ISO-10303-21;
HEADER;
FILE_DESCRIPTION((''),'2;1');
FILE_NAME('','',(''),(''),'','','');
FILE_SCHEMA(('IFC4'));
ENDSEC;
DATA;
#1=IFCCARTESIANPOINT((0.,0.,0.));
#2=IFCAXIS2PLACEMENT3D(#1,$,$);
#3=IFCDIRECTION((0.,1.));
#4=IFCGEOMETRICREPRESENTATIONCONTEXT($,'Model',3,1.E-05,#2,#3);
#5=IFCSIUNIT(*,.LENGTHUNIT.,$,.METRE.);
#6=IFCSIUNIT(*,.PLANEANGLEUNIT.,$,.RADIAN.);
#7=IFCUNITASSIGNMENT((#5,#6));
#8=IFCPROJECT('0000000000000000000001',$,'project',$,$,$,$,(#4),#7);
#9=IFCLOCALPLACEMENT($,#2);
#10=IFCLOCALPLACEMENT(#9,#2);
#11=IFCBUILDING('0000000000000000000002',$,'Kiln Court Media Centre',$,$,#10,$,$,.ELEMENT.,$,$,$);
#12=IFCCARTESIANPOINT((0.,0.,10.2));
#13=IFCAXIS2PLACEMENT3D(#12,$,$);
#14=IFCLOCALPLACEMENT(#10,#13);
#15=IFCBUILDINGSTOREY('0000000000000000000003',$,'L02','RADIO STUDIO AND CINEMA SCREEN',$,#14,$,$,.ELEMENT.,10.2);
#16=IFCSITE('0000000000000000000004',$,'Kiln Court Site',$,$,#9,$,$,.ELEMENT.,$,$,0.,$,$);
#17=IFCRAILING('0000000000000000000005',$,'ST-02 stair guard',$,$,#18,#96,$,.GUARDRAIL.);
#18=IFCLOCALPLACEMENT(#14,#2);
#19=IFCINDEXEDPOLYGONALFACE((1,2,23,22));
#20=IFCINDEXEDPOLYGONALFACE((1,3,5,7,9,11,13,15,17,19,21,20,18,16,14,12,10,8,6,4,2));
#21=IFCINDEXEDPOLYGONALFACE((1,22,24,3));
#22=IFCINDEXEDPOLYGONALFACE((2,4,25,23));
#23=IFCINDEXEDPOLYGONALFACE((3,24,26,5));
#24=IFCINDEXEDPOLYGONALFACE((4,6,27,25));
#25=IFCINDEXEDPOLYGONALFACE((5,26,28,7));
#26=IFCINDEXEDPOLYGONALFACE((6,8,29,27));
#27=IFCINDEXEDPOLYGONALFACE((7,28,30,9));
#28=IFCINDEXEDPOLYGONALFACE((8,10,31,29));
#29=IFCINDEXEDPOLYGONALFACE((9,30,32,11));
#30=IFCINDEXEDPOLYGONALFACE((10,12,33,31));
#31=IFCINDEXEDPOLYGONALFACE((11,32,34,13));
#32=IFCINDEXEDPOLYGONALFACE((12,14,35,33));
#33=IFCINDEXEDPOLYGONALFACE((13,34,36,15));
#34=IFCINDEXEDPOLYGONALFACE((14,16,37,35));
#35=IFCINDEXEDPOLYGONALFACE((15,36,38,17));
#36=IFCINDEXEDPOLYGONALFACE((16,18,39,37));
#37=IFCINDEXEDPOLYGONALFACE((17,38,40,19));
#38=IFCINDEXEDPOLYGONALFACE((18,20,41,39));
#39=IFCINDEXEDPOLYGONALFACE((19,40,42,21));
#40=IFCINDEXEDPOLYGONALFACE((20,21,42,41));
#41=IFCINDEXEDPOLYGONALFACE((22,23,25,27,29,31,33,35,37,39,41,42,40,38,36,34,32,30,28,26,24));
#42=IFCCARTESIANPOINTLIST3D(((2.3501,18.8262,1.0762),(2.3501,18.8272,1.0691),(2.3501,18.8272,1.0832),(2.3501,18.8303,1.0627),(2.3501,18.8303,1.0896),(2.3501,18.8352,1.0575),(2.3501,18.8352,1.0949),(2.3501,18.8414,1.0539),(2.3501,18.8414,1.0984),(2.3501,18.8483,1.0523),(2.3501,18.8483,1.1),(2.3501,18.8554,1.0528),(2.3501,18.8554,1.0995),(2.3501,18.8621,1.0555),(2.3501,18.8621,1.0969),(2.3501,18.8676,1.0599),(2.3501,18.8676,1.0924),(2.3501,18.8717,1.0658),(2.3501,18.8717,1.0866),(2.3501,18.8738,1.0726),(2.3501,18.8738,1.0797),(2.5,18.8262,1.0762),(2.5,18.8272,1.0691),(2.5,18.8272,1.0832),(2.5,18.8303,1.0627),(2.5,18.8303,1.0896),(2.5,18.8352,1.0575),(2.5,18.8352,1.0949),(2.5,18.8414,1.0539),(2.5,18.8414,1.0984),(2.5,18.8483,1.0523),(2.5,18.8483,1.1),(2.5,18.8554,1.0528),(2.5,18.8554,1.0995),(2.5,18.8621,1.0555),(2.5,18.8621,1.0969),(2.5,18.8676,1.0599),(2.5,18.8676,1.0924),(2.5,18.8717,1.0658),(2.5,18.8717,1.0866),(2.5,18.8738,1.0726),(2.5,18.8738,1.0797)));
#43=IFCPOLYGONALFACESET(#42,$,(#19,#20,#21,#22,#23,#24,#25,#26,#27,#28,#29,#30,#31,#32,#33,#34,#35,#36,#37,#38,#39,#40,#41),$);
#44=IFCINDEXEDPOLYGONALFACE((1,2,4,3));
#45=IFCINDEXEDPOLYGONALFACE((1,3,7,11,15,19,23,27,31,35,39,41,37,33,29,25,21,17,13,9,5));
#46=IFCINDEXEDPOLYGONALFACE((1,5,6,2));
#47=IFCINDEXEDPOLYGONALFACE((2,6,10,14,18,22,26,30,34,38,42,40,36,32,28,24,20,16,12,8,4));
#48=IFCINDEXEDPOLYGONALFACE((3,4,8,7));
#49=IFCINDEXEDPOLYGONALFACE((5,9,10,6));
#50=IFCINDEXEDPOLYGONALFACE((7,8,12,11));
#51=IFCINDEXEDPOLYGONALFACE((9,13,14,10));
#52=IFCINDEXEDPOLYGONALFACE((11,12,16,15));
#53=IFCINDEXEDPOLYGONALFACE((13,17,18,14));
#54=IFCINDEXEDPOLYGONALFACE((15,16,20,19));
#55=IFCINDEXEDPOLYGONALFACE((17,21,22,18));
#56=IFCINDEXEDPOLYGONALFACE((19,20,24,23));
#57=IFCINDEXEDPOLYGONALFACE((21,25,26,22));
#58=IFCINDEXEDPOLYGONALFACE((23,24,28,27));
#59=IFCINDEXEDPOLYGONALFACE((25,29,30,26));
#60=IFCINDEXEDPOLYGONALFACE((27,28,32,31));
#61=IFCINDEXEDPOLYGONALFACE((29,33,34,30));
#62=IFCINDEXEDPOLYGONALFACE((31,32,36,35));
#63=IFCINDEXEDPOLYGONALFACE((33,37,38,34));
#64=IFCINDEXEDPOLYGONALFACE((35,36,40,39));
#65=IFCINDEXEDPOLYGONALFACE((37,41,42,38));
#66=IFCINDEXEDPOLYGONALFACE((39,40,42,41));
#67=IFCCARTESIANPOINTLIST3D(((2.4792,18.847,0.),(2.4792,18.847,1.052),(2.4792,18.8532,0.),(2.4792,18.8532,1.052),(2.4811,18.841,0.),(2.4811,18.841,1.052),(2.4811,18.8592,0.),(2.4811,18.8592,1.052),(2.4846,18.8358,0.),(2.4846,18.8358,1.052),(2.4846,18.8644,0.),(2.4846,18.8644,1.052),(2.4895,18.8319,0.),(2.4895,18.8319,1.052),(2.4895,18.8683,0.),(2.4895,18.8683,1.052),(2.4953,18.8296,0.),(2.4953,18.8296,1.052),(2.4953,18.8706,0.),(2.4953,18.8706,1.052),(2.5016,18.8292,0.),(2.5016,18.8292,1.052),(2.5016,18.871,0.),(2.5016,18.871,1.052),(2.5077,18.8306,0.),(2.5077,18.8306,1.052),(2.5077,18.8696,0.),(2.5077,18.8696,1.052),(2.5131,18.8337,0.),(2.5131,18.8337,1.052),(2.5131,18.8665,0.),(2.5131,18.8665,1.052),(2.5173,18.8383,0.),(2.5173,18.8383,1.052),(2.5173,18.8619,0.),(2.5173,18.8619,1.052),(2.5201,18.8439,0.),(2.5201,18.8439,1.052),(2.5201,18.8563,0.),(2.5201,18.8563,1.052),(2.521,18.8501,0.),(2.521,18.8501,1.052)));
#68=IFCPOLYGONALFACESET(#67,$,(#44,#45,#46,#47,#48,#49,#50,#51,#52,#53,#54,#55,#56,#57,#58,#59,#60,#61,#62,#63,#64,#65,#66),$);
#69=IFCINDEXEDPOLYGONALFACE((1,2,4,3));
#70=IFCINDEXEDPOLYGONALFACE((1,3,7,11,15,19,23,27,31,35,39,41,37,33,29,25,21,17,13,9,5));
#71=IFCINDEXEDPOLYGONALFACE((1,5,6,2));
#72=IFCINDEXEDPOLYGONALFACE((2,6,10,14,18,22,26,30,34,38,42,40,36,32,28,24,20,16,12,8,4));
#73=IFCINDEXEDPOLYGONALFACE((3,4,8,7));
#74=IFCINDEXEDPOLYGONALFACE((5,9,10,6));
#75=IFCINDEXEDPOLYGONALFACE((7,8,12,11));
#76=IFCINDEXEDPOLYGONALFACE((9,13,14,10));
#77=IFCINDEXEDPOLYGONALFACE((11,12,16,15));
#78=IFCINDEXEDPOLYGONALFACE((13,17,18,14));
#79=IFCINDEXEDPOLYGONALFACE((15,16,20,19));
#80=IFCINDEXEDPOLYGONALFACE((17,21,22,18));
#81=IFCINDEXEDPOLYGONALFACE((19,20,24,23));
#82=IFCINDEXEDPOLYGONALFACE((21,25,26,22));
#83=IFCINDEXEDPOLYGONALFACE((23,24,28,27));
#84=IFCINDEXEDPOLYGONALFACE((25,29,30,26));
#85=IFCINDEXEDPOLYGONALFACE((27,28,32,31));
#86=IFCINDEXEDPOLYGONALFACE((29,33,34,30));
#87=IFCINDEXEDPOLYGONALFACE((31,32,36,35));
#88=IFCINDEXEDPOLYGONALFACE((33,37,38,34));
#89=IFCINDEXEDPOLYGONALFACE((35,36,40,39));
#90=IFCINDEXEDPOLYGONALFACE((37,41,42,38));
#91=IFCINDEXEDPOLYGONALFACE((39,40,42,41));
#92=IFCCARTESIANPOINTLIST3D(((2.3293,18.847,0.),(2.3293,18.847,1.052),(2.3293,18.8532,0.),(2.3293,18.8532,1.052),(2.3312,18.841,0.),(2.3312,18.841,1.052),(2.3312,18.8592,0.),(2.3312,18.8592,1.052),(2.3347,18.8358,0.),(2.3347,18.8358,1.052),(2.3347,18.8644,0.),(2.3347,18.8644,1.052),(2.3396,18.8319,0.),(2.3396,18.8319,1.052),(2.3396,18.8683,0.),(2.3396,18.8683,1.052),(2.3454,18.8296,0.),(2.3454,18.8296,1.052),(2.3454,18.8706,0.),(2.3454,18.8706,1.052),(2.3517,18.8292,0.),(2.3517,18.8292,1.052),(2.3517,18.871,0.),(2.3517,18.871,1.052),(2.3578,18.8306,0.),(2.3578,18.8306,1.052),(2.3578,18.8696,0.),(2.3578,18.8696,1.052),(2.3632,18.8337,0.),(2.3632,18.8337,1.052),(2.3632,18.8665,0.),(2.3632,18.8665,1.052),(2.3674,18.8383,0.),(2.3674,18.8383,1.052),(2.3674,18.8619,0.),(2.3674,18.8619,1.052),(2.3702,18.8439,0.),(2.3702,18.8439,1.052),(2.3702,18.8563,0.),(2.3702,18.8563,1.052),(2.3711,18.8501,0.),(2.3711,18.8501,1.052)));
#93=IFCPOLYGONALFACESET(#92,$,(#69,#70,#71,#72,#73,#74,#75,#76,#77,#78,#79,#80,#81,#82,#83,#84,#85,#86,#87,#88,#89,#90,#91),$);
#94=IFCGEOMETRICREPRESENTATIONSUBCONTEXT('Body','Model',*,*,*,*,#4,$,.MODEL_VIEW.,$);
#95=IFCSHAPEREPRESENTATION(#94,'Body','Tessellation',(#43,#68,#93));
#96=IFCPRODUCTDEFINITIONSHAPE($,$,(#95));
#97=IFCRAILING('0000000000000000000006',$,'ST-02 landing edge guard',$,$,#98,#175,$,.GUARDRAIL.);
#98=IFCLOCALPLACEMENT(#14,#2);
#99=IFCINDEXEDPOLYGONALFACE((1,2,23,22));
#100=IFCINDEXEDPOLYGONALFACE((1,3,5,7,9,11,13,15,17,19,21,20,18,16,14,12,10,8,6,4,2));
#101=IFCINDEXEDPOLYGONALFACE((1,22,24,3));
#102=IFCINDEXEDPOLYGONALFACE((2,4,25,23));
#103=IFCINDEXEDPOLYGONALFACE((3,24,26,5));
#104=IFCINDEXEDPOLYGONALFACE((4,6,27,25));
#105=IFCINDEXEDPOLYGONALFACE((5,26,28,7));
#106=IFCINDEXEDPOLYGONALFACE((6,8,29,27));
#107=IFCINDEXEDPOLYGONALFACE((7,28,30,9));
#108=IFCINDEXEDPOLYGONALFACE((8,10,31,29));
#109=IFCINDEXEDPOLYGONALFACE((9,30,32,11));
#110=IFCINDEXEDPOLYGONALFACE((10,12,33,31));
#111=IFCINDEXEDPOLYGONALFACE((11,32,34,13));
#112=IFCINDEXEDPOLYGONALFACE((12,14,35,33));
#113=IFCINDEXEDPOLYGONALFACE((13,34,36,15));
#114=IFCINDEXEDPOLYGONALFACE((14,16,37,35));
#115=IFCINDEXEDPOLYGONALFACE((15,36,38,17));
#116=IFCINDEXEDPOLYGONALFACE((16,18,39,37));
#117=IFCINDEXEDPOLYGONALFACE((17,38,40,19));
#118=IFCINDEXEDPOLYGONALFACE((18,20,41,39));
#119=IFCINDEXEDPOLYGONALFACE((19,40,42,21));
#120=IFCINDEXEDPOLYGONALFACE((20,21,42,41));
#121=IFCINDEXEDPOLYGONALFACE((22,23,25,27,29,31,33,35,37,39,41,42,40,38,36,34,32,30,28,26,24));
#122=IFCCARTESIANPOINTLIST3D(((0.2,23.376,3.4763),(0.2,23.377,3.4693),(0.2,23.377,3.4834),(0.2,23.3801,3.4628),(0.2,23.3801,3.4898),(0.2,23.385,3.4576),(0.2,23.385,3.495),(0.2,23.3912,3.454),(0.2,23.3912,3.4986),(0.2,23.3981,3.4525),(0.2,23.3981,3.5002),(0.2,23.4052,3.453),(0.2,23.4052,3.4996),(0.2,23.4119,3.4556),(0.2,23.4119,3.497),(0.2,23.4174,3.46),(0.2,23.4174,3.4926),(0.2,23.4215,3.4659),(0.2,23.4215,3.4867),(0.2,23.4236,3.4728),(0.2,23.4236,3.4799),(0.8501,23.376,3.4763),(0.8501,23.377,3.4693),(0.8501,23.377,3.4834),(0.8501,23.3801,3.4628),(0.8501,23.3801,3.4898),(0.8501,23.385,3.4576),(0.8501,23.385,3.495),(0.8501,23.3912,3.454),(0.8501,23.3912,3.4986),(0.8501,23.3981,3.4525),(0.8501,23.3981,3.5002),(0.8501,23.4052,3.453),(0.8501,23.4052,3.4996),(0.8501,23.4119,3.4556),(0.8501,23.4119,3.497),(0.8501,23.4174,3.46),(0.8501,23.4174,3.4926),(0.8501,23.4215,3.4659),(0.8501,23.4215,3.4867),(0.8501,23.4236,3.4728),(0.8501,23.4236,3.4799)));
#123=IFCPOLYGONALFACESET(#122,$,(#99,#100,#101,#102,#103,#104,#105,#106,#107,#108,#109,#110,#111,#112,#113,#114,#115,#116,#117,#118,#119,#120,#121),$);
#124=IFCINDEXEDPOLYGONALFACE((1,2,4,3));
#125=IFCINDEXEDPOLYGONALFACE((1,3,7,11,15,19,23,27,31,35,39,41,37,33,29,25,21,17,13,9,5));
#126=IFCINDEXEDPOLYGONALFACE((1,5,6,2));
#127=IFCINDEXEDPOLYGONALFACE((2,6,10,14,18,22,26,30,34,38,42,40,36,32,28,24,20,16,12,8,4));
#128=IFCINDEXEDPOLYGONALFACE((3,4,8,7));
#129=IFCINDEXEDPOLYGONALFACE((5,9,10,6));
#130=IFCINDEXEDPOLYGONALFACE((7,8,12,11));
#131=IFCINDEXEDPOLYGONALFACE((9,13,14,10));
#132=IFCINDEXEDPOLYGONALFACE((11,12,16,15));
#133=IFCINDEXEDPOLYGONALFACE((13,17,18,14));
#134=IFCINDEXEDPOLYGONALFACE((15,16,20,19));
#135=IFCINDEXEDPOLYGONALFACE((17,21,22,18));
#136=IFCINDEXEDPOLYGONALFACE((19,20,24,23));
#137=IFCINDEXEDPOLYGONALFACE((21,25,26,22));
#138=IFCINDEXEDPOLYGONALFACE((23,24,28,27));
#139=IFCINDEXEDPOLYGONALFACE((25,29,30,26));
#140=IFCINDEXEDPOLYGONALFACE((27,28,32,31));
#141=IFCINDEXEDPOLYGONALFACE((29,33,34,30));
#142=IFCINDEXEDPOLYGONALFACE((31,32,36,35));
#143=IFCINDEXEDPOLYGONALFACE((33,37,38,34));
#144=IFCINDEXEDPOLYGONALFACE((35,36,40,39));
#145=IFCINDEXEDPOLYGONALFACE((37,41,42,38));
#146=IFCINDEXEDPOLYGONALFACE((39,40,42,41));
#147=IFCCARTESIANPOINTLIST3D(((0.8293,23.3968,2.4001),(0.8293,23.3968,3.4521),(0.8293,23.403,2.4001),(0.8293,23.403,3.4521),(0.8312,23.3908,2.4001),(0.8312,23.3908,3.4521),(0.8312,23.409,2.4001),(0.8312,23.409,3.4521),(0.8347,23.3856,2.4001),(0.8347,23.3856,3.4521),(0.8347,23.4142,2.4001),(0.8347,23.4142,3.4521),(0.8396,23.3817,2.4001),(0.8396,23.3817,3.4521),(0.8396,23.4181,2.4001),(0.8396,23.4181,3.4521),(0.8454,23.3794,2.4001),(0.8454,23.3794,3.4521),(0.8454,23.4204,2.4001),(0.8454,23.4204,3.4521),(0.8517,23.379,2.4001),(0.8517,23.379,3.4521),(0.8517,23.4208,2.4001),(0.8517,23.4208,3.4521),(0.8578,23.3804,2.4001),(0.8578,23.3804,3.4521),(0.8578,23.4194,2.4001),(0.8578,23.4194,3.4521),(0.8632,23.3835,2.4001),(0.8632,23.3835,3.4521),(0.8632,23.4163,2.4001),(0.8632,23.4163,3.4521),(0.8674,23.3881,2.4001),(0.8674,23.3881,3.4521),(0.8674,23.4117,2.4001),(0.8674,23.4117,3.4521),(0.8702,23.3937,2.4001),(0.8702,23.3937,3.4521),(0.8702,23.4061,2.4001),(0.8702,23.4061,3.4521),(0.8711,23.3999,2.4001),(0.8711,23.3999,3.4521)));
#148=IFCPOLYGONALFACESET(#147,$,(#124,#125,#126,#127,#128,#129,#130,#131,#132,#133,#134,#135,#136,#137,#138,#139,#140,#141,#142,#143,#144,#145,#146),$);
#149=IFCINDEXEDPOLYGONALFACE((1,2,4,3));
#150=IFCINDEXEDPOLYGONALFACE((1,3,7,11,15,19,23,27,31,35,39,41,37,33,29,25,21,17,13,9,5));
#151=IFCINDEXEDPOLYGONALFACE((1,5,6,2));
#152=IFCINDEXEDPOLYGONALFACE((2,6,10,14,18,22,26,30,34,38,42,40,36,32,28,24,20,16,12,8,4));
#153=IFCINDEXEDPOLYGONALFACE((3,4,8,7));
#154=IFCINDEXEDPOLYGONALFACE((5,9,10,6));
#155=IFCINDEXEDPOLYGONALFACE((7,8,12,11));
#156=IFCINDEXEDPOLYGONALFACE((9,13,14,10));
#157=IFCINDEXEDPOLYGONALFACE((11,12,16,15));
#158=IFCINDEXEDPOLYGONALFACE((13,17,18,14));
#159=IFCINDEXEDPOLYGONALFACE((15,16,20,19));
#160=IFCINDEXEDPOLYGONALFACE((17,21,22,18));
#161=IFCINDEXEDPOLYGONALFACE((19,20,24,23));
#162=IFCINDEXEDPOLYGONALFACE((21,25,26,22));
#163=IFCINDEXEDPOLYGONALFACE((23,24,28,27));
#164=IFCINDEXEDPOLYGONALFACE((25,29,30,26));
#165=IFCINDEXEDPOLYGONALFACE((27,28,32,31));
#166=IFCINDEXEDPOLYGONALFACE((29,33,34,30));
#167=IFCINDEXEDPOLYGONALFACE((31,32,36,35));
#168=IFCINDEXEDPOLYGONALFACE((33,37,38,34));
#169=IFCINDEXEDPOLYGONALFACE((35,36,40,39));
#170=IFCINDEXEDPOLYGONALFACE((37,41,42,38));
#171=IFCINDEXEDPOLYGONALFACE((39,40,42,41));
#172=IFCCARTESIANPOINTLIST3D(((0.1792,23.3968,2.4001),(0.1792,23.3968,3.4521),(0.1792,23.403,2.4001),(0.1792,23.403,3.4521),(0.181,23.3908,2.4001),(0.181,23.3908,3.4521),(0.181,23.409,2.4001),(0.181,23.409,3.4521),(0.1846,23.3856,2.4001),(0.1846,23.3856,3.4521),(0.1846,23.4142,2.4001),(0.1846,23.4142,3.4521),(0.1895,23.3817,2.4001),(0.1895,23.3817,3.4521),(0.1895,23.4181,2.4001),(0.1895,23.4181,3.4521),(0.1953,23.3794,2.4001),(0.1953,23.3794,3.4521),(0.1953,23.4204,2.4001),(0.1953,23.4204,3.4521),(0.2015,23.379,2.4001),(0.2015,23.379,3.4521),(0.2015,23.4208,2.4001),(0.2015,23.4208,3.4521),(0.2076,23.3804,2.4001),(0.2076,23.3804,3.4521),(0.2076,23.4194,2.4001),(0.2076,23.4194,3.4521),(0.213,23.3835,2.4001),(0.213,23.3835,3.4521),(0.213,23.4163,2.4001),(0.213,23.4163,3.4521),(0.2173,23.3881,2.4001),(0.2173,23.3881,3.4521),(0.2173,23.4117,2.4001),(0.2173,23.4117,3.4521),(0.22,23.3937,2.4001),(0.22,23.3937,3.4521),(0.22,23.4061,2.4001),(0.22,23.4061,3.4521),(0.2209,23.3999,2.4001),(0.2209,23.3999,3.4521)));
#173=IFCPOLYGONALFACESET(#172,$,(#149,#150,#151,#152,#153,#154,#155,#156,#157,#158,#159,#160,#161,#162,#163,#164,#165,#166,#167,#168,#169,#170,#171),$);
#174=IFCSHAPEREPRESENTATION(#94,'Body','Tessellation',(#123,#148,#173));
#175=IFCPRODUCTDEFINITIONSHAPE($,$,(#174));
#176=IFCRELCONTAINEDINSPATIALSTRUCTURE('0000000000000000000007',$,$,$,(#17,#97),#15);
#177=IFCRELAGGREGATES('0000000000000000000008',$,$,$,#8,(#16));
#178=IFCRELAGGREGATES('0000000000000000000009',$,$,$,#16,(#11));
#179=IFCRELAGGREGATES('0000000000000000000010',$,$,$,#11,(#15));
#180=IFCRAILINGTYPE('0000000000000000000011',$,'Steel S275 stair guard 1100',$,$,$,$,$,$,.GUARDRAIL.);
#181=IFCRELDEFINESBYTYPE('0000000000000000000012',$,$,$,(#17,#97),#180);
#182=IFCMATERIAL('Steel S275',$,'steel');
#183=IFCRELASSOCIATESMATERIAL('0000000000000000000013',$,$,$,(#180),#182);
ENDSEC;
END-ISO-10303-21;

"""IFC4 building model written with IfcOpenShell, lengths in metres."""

from ifc_helpers import new_model, si_unit, direction, frame, origin, origin_2d, place, context, subcontext, project, spatial, circle, extrude, material, type_object, element, save


model = new_model("IFC4")

# Units and contexts
model_context = context("Model", 3, precision=1e-05, world=origin(), true_north=direction((0.0, 1.0)))
body_context = subcontext(model_context, "Body", "Model", "MODEL_VIEW")
ifc_project = project(units=[si_unit("LENGTHUNIT", "METRE"), si_unit("PLANEANGLEUNIT", "RADIAN")], contexts=[model_context])

# Site, building, storey
site_placement = place(None, origin())
site = spatial("IfcSite", under=ifc_project, at=site_placement, Name="Kiln Court Site", CompositionType="ELEMENT", RefElevation=0.0)
building_placement = place(site_placement, origin())
building = spatial("IfcBuilding", under=site, at=building_placement, Name="Kiln Court Media Centre", CompositionType="ELEMENT")
storey_placement = place(building_placement, frame((0.0, 0.0, 10.2)))
storey = spatial("IfcBuildingStorey", under=building, at=storey_placement, Name="L02", Description="RADIO STUDIO AND CINEMA SCREEN", CompositionType="ELEMENT", Elevation=10.2)

# Railings
ifc_material_1 = material(Name="Steel S275", Category="steel")
railing_type_1 = type_object("IfcRailingType", Name="Steel S275 stair guard 1100", PredefinedType="GUARDRAIL", material=ifc_material_1)
railing_1_placement = place(storey_placement, frame((2.5, 18.8501, 0.0)))
element("IfcRailing", 1, at=railing_1_placement, inside=storey, type_object=railing_type_1, Name="ST-02 stair guard", PredefinedType="GUARDRAIL", context=body_context, shape_type="SweptSolid", body=[
    extrude(circle(Radius=0.0239, at=origin_2d()), frame((0.0, 0.0, 1.0762), z_axis=(-1.0, 0.0, 0.0), x_axis=(0.0, -1.0, 0.0)), (0.0, 0.0, 1.0), 0.1499),
    extrude(circle(Radius=0.021, at=origin_2d()), origin(), (0.0, 0.0, 1.0), 1.052),
    extrude(circle(Radius=0.021, at=origin_2d()), frame((-0.1499, 0.0, 0.0)), (0.0, 0.0, 1.0), 1.052),
])
for number, where, name in (
    (2, (0.8501, 23.3999, 2.4001), "ST-02 landing edge guard"),
):
    element("IfcRailing", number, at=place(storey_placement, frame(where)), inside=storey, type_object=railing_type_1, Name=name, PredefinedType="GUARDRAIL", context=body_context, shape_type="SweptSolid", body=[
        extrude(circle(Radius=0.0239, at=origin_2d()), frame((0.0, 0.0, 1.0762), z_axis=(-1.0, 0.0, 0.0), x_axis=(0.0, -1.0, 0.0)), (0.0, 0.0, 1.0), 0.6501),
        extrude(circle(Radius=0.021, at=origin_2d()), origin(), (0.0, 0.0, 1.0), 1.052),
        extrude(circle(Radius=0.021, at=origin_2d()), frame((-0.6501, 0.0, 0.0)), (0.0, 0.0, 1.0), 1.052),
    ])

save(model, "model.ifc")
